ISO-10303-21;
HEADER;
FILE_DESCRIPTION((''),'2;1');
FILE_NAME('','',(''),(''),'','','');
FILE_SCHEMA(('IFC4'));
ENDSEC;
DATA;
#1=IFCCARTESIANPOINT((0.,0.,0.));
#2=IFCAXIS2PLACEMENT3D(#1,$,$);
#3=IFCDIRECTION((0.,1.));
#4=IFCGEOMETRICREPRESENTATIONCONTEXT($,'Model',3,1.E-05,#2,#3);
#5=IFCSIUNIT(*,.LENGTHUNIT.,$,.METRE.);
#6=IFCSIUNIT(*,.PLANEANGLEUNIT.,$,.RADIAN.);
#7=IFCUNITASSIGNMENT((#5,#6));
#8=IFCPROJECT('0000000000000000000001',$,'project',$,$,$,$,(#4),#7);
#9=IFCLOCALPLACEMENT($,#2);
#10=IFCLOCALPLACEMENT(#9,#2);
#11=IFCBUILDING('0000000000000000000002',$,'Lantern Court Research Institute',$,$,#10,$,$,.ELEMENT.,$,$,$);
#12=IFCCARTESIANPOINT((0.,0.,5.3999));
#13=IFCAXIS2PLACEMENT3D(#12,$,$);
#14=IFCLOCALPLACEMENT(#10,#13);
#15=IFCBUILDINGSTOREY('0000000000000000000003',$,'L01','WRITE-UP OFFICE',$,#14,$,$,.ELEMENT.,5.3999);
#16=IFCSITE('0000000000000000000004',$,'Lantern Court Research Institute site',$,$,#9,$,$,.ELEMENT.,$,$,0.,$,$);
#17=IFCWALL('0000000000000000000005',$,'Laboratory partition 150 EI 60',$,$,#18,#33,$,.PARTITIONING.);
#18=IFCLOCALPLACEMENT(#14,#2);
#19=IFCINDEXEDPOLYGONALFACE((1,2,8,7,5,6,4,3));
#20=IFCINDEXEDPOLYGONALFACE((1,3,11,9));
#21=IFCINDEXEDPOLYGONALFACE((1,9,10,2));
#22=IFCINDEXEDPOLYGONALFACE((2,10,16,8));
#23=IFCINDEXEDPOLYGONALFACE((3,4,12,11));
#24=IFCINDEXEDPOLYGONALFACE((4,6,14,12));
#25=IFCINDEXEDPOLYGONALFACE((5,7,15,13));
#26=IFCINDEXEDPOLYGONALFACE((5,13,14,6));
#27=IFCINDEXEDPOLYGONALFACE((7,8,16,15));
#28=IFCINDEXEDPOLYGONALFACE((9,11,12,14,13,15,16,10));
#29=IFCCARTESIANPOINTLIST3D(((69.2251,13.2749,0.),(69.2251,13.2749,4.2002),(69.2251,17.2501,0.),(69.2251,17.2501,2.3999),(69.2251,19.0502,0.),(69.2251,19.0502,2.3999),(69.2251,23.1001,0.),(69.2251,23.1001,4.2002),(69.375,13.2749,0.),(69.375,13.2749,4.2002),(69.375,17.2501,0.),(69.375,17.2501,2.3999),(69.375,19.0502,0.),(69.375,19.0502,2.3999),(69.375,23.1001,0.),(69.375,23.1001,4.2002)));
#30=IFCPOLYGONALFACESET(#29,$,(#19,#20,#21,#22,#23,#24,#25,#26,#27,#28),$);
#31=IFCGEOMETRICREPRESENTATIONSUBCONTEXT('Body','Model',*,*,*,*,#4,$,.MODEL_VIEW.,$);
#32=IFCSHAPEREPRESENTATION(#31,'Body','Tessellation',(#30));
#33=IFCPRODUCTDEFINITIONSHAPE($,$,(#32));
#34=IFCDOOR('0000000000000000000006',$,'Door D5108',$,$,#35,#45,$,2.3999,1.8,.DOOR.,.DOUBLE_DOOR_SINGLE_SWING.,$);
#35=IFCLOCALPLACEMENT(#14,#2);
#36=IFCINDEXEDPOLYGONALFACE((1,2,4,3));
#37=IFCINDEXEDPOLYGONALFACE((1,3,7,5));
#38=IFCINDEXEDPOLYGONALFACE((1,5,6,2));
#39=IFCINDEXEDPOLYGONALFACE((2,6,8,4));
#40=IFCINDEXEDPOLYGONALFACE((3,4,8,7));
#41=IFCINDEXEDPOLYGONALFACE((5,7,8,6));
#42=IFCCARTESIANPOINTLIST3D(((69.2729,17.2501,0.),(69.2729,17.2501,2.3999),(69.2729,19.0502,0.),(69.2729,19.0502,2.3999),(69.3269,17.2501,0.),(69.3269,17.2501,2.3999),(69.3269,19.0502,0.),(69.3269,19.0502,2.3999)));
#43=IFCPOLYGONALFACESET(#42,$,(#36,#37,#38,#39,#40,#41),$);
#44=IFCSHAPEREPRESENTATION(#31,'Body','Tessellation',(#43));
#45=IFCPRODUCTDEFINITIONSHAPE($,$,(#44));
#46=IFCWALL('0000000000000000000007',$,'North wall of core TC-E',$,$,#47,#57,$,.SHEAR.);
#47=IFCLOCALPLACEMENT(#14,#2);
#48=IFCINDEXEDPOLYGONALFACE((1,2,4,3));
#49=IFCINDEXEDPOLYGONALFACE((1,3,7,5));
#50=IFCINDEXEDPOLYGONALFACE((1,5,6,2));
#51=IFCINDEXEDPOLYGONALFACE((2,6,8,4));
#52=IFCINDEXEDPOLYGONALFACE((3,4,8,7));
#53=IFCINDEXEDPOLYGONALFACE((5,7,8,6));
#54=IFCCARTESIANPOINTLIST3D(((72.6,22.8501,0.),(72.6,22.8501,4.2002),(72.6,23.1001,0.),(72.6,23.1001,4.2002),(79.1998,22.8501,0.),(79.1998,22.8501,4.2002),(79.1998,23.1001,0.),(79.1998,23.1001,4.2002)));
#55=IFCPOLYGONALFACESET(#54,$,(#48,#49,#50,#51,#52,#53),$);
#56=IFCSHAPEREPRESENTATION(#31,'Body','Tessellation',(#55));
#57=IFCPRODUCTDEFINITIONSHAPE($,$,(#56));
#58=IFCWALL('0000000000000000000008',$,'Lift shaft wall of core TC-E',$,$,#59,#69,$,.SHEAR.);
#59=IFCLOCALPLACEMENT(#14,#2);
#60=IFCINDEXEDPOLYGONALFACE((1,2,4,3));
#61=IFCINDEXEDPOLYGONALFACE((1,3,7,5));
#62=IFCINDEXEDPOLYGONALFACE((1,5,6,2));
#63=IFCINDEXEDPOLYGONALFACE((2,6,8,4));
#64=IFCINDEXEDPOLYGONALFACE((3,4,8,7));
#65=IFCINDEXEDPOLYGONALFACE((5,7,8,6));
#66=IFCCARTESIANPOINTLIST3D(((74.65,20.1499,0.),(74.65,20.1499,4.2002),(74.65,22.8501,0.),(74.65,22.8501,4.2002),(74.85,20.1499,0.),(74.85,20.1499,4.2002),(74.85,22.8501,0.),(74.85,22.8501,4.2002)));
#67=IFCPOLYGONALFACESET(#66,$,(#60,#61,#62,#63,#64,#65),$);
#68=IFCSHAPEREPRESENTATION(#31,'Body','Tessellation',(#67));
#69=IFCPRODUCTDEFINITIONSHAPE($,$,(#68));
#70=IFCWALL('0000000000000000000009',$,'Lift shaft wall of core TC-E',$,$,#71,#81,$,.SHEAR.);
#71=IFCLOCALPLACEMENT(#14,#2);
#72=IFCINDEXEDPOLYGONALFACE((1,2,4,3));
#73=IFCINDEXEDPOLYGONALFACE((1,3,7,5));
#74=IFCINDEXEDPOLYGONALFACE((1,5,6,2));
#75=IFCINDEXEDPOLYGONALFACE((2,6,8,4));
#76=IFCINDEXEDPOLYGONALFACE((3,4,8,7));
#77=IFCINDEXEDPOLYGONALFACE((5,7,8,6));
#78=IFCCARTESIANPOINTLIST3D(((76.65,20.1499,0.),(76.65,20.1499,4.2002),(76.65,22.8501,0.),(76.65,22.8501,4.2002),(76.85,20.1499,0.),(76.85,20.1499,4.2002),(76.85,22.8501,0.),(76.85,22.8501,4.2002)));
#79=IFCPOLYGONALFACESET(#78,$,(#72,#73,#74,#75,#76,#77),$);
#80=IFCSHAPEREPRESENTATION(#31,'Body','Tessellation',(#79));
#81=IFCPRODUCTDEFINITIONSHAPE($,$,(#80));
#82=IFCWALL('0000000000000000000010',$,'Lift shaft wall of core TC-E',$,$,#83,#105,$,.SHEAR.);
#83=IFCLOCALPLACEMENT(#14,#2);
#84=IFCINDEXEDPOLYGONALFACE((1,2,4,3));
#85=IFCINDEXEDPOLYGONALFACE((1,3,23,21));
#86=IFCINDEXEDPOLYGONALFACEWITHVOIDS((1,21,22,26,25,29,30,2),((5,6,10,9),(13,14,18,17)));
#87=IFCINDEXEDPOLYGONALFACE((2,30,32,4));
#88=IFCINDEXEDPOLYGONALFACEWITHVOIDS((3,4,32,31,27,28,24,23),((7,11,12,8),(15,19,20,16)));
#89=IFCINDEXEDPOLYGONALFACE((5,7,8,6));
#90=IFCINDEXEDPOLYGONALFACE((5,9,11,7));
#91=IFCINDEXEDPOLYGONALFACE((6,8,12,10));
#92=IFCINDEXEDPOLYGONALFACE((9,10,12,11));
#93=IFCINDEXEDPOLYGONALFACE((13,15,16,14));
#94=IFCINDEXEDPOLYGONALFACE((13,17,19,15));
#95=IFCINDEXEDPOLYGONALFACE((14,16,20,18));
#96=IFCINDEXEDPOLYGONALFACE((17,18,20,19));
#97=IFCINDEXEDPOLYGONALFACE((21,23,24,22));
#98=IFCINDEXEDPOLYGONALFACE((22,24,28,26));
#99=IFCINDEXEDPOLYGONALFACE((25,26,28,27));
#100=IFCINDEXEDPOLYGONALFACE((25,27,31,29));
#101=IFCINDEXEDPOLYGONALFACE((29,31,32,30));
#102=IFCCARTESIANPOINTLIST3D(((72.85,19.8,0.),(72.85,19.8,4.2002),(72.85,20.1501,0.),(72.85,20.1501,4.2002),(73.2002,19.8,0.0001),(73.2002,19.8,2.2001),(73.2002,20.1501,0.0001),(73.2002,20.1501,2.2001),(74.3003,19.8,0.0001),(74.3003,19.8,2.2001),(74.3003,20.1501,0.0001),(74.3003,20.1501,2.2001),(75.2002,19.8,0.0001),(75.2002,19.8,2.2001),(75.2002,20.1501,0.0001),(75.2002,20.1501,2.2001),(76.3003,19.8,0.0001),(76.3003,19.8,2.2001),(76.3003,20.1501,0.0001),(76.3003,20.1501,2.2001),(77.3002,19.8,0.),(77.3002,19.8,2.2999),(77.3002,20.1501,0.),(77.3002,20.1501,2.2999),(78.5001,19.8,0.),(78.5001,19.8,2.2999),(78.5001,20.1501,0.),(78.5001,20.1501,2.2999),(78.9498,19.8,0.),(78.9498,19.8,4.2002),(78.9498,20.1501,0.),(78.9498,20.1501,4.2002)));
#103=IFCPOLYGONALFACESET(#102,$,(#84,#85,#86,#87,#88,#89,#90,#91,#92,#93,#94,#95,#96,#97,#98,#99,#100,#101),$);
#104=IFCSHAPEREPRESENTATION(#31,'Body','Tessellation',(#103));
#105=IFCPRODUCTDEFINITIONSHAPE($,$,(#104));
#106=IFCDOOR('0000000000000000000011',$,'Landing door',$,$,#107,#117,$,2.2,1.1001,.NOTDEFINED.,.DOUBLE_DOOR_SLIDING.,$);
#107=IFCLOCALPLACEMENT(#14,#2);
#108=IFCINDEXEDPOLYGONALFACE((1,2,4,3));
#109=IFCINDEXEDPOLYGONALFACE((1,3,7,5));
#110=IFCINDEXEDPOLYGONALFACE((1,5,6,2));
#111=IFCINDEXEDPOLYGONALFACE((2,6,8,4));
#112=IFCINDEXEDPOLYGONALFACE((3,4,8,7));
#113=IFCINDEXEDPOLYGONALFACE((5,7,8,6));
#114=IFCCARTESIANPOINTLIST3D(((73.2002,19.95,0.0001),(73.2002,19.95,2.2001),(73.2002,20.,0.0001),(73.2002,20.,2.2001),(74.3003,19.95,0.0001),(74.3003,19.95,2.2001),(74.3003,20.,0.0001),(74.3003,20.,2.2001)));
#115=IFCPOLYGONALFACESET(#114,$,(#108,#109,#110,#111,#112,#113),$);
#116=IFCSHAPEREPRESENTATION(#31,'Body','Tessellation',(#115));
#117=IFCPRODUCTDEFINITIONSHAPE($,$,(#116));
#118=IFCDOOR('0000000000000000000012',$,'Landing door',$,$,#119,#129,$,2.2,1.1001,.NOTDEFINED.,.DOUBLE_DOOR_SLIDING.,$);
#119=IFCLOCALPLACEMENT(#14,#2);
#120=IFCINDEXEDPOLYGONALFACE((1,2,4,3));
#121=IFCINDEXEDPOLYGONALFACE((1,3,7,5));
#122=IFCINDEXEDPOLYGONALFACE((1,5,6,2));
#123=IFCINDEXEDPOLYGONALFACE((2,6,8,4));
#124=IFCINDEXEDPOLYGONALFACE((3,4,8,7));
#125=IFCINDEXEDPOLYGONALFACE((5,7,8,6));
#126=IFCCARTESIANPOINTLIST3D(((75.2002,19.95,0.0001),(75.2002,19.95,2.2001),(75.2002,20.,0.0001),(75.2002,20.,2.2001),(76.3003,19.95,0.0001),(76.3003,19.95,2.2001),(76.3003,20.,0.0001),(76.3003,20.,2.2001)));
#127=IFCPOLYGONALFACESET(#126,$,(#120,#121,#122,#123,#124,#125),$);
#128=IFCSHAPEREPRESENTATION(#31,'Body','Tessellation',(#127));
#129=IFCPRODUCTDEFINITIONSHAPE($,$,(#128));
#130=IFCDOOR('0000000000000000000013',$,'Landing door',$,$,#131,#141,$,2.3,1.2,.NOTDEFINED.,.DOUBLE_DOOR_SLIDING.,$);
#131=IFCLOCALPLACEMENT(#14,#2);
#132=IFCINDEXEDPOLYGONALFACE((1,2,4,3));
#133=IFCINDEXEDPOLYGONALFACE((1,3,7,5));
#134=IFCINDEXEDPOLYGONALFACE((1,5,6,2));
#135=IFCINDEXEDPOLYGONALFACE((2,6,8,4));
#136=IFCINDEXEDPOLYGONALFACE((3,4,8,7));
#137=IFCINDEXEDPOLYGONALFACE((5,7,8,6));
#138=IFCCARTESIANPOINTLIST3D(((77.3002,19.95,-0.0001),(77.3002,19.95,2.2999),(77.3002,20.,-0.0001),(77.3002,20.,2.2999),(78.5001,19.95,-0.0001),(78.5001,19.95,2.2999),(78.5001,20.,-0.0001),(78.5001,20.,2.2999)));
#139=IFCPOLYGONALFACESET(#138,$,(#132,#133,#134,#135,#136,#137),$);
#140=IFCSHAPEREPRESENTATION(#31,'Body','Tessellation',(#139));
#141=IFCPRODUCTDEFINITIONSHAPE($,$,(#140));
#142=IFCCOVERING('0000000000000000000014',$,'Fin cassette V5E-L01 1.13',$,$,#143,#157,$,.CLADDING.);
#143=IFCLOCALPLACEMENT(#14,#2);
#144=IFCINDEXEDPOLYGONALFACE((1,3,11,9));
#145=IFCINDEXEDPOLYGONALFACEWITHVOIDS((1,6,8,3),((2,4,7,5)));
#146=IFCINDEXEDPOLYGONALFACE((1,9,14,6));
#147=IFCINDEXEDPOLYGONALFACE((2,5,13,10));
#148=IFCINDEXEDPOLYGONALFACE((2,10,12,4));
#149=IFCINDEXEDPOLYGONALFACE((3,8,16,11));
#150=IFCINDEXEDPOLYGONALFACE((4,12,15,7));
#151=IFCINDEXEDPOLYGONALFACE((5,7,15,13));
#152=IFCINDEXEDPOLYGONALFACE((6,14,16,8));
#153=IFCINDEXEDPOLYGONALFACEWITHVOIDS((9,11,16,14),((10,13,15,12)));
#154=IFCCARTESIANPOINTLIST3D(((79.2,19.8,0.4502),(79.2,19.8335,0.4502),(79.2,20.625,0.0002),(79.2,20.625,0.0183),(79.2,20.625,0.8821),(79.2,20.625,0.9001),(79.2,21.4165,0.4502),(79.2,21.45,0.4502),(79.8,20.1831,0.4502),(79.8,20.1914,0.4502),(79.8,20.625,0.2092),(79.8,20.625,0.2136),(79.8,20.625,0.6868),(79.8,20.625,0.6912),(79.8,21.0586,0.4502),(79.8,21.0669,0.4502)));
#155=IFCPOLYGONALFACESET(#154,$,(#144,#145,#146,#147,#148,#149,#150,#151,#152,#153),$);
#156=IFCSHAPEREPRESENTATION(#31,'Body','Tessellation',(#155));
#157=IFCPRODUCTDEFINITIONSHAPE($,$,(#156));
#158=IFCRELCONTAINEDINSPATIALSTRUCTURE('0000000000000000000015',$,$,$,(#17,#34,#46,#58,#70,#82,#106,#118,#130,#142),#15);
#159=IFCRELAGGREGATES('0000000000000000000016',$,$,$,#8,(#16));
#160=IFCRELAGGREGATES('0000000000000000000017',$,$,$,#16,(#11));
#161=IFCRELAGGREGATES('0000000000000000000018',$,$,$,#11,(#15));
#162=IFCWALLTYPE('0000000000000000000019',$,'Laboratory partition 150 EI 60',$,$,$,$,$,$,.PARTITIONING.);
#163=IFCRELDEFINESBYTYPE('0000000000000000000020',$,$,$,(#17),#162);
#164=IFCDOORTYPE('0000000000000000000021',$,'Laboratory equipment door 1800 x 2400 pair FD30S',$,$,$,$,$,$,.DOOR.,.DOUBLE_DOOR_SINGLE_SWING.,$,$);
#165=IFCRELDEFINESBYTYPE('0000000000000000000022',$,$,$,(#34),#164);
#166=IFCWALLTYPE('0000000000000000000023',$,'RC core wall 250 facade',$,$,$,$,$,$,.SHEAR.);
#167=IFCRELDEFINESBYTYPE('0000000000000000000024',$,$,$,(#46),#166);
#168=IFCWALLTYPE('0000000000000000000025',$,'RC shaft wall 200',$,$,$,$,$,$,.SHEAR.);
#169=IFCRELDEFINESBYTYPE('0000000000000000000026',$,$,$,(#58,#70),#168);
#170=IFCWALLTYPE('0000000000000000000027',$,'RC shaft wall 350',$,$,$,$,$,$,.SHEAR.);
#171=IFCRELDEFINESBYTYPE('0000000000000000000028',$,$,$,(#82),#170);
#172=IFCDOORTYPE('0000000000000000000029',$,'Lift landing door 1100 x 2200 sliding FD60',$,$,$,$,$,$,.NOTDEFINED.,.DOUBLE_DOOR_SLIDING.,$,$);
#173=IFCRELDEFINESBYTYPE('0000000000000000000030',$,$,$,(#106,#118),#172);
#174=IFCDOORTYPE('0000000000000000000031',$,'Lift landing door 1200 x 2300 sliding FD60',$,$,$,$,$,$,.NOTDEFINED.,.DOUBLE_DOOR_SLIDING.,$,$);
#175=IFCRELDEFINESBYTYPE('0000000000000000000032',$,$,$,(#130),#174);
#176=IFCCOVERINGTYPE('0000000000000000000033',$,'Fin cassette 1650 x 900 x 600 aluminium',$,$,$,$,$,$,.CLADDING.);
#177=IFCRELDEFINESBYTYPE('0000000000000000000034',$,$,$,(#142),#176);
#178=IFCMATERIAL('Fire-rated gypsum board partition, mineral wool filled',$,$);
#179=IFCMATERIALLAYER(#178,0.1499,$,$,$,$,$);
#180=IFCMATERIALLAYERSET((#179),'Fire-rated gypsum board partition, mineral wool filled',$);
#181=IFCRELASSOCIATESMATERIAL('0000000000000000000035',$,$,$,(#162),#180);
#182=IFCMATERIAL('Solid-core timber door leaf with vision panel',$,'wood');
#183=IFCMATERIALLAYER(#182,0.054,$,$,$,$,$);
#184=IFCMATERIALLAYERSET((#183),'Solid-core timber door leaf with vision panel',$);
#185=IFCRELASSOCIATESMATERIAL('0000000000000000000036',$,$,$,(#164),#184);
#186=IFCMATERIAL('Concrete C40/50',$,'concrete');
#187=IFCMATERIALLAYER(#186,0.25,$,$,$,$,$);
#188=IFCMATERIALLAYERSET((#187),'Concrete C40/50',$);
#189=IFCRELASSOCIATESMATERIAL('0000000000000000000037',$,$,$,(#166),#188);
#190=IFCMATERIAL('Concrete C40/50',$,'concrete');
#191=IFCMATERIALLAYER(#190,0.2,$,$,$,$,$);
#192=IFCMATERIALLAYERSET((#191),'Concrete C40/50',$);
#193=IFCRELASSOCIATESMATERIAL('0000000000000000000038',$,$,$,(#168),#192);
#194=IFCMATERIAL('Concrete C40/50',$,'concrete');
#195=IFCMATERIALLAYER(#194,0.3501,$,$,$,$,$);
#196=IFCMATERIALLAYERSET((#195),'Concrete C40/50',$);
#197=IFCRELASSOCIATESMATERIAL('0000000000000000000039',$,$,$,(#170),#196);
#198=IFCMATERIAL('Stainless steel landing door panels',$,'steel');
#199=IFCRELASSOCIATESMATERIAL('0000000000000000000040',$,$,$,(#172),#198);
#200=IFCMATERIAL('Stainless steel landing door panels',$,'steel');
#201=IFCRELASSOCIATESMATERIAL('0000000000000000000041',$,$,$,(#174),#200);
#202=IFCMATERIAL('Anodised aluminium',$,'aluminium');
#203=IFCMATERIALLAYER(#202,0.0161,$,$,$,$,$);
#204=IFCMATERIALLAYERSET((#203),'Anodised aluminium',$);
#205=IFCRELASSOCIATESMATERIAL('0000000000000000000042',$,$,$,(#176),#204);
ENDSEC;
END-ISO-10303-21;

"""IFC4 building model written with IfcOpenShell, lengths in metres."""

from ifc_helpers import new_model, entity, si_unit, direction, frame, frame_2d, origin, place, context, subcontext, project, spatial, rectangle, extrude, material, layer, layer_set, type_object, element, fill, save


model = new_model("IFC4")

# Units and contexts
model_context = context("Model", 3, precision=1e-05, world=origin(), true_north=direction((0.0, 1.0)))
body_context = subcontext(model_context, "Body", "Model", "MODEL_VIEW")
ifc_project = project(units=[si_unit("LENGTHUNIT", "METRE"), si_unit("PLANEANGLEUNIT", "RADIAN")], contexts=[model_context])

# Site, building, storey
site_placement = place(None, origin())
site = spatial("IfcSite", under=ifc_project, at=site_placement, Name="Lantern Court Research Institute site", CompositionType="ELEMENT", RefElevation=0.0)
building_placement = place(site_placement, origin())
building = spatial("IfcBuilding", under=site, at=building_placement, Name="Lantern Court Research Institute", CompositionType="ELEMENT")
storey_placement = place(building_placement, frame((0.0, 0.0, 5.3999)))
storey = spatial("IfcBuildingStorey", under=building, at=storey_placement, Name="L01", Description="WRITE-UP OFFICE", CompositionType="ELEMENT", Elevation=5.3999)

# Wall, opening, door
ifc_material_1 = material(Name="Fire-rated gypsum board partition, mineral wool filled")
ifc_layer_1 = layer(ifc_material_1, 0.1499)
ifc_layer_set_1 = layer_set([ifc_layer_1], Name="Fire-rated gypsum board partition, mineral wool filled")
wall_type_1 = type_object("IfcWallType", Name="Laboratory partition 150 EI 60", PredefinedType="PARTITIONING", material=ifc_layer_set_1)
wall_1_placement = place(storey_placement, frame((69.3, 23.1001, 0.0), z_axis=(0.0, 0.0, 1.0), x_axis=(0.0, -1.0, 0.0)))
wall_1 = element("IfcWall", 1, at=wall_1_placement, inside=storey, type_object=wall_type_1, Name="Laboratory partition 150 EI 60", PredefinedType="PARTITIONING", context=body_context, shape_type="SweptSolid", body=[
    extrude(rectangle(XDim=9.8252, YDim=0.1499, at=frame_2d((4.9126, 0.0))), origin(), (0.0, 0.0, 1.0), 4.2002),
])
opening_1_placement = place(wall_1_placement, frame((4.05, 0.0, 0.0)))
opening_1 = element("IfcOpeningElement", 2, at=opening_1_placement, cuts=wall_1, PredefinedType="OPENING", context=body_context, shape_type="SweptSolid", body=[
    extrude(rectangle(XDim=1.8, YDim=2.3999, at=frame_2d((0.8999, 1.2))), frame((0.0, 0.085, 0.0), z_axis=(0.0, -1.0, 0.0), x_axis=(1.0, 0.0, 0.0)), (0.0, 0.0, 1.0), 0.1699),
])
ifc_material_2 = material(Name="Solid-core timber door leaf with vision panel", Category="wood")
ifc_layer_2 = layer(ifc_material_2, 0.054)
ifc_layer_set_2 = layer_set([ifc_layer_2], Name="Solid-core timber door leaf with vision panel")
door_type_1 = type_object("IfcDoorType", Name="Laboratory equipment door 1800 x 2400 pair FD30S", OperationType="DOUBLE_DOOR_SINGLE_SWING", PredefinedType="DOOR", material=ifc_layer_set_2)
door_1_placement = place(opening_1_placement, origin())
door_1 = element("IfcDoor", 3, at=door_1_placement, inside=storey, type_object=door_type_1, Name="Door D5108", OperationType="DOUBLE_DOOR_SINGLE_SWING", OverallHeight=2.3999, OverallWidth=1.8, PredefinedType="DOOR", context=body_context, shape_type="SweptSolid", body=[
    extrude(rectangle(XDim=1.8, YDim=2.3999, at=frame_2d((0.8999, 1.2))), frame((0.0, 0.0269, 0.0), z_axis=(0.0, -1.0, 0.0), x_axis=(1.0, 0.0, 0.0)), (0.0, 0.0, 1.0), 0.054),
])
fill(opening_1, door_1)

# Walls
ifc_material_3 = material(Name="Concrete C40/50", Category="concrete")
ifc_layer_3 = layer(ifc_material_3, 0.25)
ifc_layer_set_3 = layer_set([ifc_layer_3], Name="Concrete C40/50")
wall_type_2 = type_object("IfcWallType", Name="RC core wall 250 facade", PredefinedType="SHEAR", material=ifc_layer_set_3)
wall_2_placement = place(storey_placement, frame((72.6001, 22.9751, 0.0), z_axis=(0.0, 0.0, 1.0), x_axis=(1.0, 0.0, 0.0)))
element("IfcWall", 4, at=wall_2_placement, inside=storey, type_object=wall_type_2, Name="North wall of core TC-E", PredefinedType="SHEAR", context=body_context, shape_type="SweptSolid", body=[
    extrude(rectangle(XDim=6.5999, YDim=0.25, at=frame_2d((3.2998, 0.0))), origin(), (0.0, 0.0, 1.0), 4.2002),
])
ifc_material_4 = material(Name="Concrete C40/50", Category="concrete")
ifc_layer_4 = layer(ifc_material_4, 0.2)
ifc_layer_set_4 = layer_set([ifc_layer_4], Name="Concrete C40/50")
wall_type_3 = type_object("IfcWallType", Name="RC shaft wall 200", PredefinedType="SHEAR", material=ifc_layer_set_4)
for number, where, z_axis, x_axis, name in (
    (5, (74.75, 20.1499, 0.0), (0.0, 0.0, 1.0), (0.0, 1.0, 0.0), "Lift shaft wall of core TC-E"),
    (6, (76.75, 20.1499, 0.0), (0.0, 0.0, 1.0), (0.0, 1.0, 0.0), "Lift shaft wall of core TC-E"),
):
    element("IfcWall", number, at=place(storey_placement, frame(where, z_axis=z_axis, x_axis=x_axis)), inside=storey, type_object=wall_type_3, Name=name, PredefinedType="SHEAR", context=body_context, shape_type="SweptSolid", body=[
        extrude(rectangle(XDim=2.7002, YDim=0.2, at=frame_2d((1.3501, 0.0))), origin(), (0.0, 0.0, 1.0), 4.2002),
    ])

# Wall, openings, doors
ifc_material_5 = material(Name="Concrete C40/50", Category="concrete")
ifc_layer_5 = layer(ifc_material_5, 0.3501)
ifc_layer_set_5 = layer_set([ifc_layer_5], Name="Concrete C40/50")
wall_type_4 = type_object("IfcWallType", Name="RC shaft wall 350", PredefinedType="SHEAR", material=ifc_layer_set_5)
wall_3_placement = place(storey_placement, frame((72.8501, 19.9751, 0.0), z_axis=(0.0, 0.0, 1.0), x_axis=(1.0, 0.0, 0.0)))
wall_3 = element("IfcWall", 7, at=wall_3_placement, inside=storey, type_object=wall_type_4, Name="Lift shaft wall of core TC-E", PredefinedType="SHEAR", context=body_context, shape_type="SweptSolid", body=[
    extrude(rectangle(XDim=6.0999, YDim=0.3501, at=frame_2d((3.0498, 0.0))), origin(), (0.0, 0.0, 1.0), 4.2002),
])
opening_2_placement = place(wall_3_placement, frame((0.3501, 0.0, 0.0)))
opening_2 = element("IfcOpeningElement", 8, at=opening_2_placement, cuts=wall_3, PredefinedType="OPENING", context=body_context, shape_type="SweptSolid", body=[
    extrude(rectangle(XDim=1.1001, YDim=2.2, at=frame_2d((0.55, 1.1001))), frame((0.0, 0.1851, 0.0), z_axis=(0.0, -1.0, 0.0), x_axis=(1.0, 0.0, 0.0)), (0.0, 0.0, 1.0), 0.3701),
])
opening_3_placement = place(wall_3_placement, frame((2.3501, 0.0, 0.0)))
opening_3 = element("IfcOpeningElement", 9, at=opening_3_placement, cuts=wall_3, PredefinedType="OPENING", context=body_context, shape_type="SweptSolid", body=[
    extrude(rectangle(XDim=1.1001, YDim=2.2, at=frame_2d((0.55, 1.1001))), frame((0.0, 0.1851, 0.0), z_axis=(0.0, -1.0, 0.0), x_axis=(1.0, 0.0, 0.0)), (0.0, 0.0, 1.0), 0.3701),
])
opening_4_placement = place(wall_3_placement, frame((4.45, 0.0, 0.0)))
opening_4 = element("IfcOpeningElement", 10, at=opening_4_placement, cuts=wall_3, PredefinedType="OPENING", context=body_context, shape_type="SweptSolid", body=[
    extrude(rectangle(XDim=1.2, YDim=2.3, at=frame_2d((0.6001, 1.1499))), frame((0.0, 0.1851, 0.0), z_axis=(0.0, -1.0, 0.0), x_axis=(1.0, 0.0, 0.0)), (0.0, 0.0, 1.0), 0.3701),
])
ifc_material_6 = material(Name="Stainless steel landing door panels", Category="steel")
door_type_2 = type_object("IfcDoorType", Name="Lift landing door 1100 x 2200 sliding FD60", OperationType="DOUBLE_DOOR_SLIDING", PredefinedType="NOTDEFINED", material=ifc_material_6)
door_2_placement = place(opening_2_placement, origin())
door_2 = element("IfcDoor", 11, at=door_2_placement, inside=storey, type_object=door_type_2, Name="Landing door", OperationType="DOUBLE_DOOR_SLIDING", OverallHeight=2.2, OverallWidth=1.1001, PredefinedType="NOTDEFINED", context=body_context, shape_type="SweptSolid", body=[
    extrude(rectangle(XDim=1.1001, YDim=2.2, at=frame_2d((0.55, 1.1001))), frame((0.0, 0.0249, 0.0), z_axis=(0.0, -1.0, 0.0), x_axis=(1.0, 0.0, 0.0)), (0.0, 0.0, 1.0), 0.05),
])
fill(opening_2, door_2)
door_3_placement = place(opening_3_placement, origin())
door_3 = element("IfcDoor", 12, at=door_3_placement, inside=storey, type_object=door_type_2, Name="Landing door", OperationType="DOUBLE_DOOR_SLIDING", OverallHeight=2.2, OverallWidth=1.1001, PredefinedType="NOTDEFINED", context=body_context, shape_type="SweptSolid", body=[
    extrude(rectangle(XDim=1.1001, YDim=2.2, at=frame_2d((0.55, 1.1001))), frame((0.0, 0.0249, 0.0), z_axis=(0.0, -1.0, 0.0), x_axis=(1.0, 0.0, 0.0)), (0.0, 0.0, 1.0), 0.05),
])
fill(opening_3, door_3)
ifc_material_7 = material(Name="Stainless steel landing door panels", Category="steel")
door_type_3 = type_object("IfcDoorType", Name="Lift landing door 1200 x 2300 sliding FD60", OperationType="DOUBLE_DOOR_SLIDING", PredefinedType="NOTDEFINED", material=ifc_material_7)
door_4_placement = place(opening_4_placement, origin())
door_4 = element("IfcDoor", 13, at=door_4_placement, inside=storey, type_object=door_type_3, Name="Landing door", OperationType="DOUBLE_DOOR_SLIDING", OverallHeight=2.3, OverallWidth=1.2, PredefinedType="NOTDEFINED", context=body_context, shape_type="SweptSolid", body=[
    extrude(rectangle(XDim=1.2, YDim=2.3, at=frame_2d((0.6001, 1.1499))), frame((0.0, 0.0249, 0.0), z_axis=(0.0, -1.0, 0.0), x_axis=(1.0, 0.0, 0.0)), (0.0, 0.0, 1.0), 0.05),
])
fill(opening_4, door_4)

# Covering
ifc_material_8 = material(Name="Anodised aluminium", Category="aluminium")
ifc_layer_6 = layer(ifc_material_8, 0.0161)
ifc_layer_set_6 = layer_set([ifc_layer_6], Name="Anodised aluminium")
covering_type = type_object("IfcCoveringType", Name="Fin cassette 1650 x 900 x 600 aluminium", PredefinedType="CLADDING", material=ifc_layer_set_6)
covering_1_placement = place(storey_placement, frame((79.2, 20.625, 0.4502), z_axis=(1.0, 0.0, 0.0), x_axis=(0.0, 1.0, 0.0)))
cartesian_point_1 = entity("IfcCartesianPoint", [0.825, 0.0])
cartesian_point_2 = entity("IfcCartesianPoint", [0.7915, 0.0])
cartesian_point_3 = entity("IfcCartesianPoint", [0.4419, 0.0])
cartesian_point_4 = entity("IfcCartesianPoint", [0.4336, 0.0])
element("IfcCovering", 14, at=covering_1_placement, inside=storey, type_object=covering_type, Name="Fin cassette V5E-L01 1.13", PredefinedType="CLADDING", context=body_context, shape_type="SweptSolid", body=[
    entity("IfcExtrudedAreaSolidTapered", entity("IfcArbitraryProfileDefWithVoids", "AREA", None, entity("IfcPolyline", [cartesian_point_1, entity("IfcCartesianPoint", [0.0, 0.45]), entity("IfcCartesianPoint", [-0.825, 0.0]), entity("IfcCartesianPoint", [0.0, -0.45]), cartesian_point_1]), [entity("IfcPolyline", [cartesian_point_2, entity("IfcCartesianPoint", [0.0, 0.4319]), entity("IfcCartesianPoint", [-0.7915, 0.0]), entity("IfcCartesianPoint", [0.0, -0.4319]), cartesian_point_2])]), entity("IfcAxis2Placement3D", entity("IfcCartesianPoint", [0.0, 0.0, 0.0])), entity("IfcDirection", [0.0, 0.0, 1.0]), 0.6001, entity("IfcArbitraryProfileDefWithVoids", "AREA", None, entity("IfcPolyline", [cartesian_point_3, entity("IfcCartesianPoint", [0.0, 0.241]), entity("IfcCartesianPoint", [-0.4419, 0.0]), entity("IfcCartesianPoint", [0.0, -0.241]), cartesian_point_3]), [entity("IfcPolyline", [cartesian_point_4, entity("IfcCartesianPoint", [0.0, 0.2366]), entity("IfcCartesianPoint", [-0.4336, 0.0]), entity("IfcCartesianPoint", [0.0, -0.2366]), cartesian_point_4])])),
])

save(model, "model.ifc")
